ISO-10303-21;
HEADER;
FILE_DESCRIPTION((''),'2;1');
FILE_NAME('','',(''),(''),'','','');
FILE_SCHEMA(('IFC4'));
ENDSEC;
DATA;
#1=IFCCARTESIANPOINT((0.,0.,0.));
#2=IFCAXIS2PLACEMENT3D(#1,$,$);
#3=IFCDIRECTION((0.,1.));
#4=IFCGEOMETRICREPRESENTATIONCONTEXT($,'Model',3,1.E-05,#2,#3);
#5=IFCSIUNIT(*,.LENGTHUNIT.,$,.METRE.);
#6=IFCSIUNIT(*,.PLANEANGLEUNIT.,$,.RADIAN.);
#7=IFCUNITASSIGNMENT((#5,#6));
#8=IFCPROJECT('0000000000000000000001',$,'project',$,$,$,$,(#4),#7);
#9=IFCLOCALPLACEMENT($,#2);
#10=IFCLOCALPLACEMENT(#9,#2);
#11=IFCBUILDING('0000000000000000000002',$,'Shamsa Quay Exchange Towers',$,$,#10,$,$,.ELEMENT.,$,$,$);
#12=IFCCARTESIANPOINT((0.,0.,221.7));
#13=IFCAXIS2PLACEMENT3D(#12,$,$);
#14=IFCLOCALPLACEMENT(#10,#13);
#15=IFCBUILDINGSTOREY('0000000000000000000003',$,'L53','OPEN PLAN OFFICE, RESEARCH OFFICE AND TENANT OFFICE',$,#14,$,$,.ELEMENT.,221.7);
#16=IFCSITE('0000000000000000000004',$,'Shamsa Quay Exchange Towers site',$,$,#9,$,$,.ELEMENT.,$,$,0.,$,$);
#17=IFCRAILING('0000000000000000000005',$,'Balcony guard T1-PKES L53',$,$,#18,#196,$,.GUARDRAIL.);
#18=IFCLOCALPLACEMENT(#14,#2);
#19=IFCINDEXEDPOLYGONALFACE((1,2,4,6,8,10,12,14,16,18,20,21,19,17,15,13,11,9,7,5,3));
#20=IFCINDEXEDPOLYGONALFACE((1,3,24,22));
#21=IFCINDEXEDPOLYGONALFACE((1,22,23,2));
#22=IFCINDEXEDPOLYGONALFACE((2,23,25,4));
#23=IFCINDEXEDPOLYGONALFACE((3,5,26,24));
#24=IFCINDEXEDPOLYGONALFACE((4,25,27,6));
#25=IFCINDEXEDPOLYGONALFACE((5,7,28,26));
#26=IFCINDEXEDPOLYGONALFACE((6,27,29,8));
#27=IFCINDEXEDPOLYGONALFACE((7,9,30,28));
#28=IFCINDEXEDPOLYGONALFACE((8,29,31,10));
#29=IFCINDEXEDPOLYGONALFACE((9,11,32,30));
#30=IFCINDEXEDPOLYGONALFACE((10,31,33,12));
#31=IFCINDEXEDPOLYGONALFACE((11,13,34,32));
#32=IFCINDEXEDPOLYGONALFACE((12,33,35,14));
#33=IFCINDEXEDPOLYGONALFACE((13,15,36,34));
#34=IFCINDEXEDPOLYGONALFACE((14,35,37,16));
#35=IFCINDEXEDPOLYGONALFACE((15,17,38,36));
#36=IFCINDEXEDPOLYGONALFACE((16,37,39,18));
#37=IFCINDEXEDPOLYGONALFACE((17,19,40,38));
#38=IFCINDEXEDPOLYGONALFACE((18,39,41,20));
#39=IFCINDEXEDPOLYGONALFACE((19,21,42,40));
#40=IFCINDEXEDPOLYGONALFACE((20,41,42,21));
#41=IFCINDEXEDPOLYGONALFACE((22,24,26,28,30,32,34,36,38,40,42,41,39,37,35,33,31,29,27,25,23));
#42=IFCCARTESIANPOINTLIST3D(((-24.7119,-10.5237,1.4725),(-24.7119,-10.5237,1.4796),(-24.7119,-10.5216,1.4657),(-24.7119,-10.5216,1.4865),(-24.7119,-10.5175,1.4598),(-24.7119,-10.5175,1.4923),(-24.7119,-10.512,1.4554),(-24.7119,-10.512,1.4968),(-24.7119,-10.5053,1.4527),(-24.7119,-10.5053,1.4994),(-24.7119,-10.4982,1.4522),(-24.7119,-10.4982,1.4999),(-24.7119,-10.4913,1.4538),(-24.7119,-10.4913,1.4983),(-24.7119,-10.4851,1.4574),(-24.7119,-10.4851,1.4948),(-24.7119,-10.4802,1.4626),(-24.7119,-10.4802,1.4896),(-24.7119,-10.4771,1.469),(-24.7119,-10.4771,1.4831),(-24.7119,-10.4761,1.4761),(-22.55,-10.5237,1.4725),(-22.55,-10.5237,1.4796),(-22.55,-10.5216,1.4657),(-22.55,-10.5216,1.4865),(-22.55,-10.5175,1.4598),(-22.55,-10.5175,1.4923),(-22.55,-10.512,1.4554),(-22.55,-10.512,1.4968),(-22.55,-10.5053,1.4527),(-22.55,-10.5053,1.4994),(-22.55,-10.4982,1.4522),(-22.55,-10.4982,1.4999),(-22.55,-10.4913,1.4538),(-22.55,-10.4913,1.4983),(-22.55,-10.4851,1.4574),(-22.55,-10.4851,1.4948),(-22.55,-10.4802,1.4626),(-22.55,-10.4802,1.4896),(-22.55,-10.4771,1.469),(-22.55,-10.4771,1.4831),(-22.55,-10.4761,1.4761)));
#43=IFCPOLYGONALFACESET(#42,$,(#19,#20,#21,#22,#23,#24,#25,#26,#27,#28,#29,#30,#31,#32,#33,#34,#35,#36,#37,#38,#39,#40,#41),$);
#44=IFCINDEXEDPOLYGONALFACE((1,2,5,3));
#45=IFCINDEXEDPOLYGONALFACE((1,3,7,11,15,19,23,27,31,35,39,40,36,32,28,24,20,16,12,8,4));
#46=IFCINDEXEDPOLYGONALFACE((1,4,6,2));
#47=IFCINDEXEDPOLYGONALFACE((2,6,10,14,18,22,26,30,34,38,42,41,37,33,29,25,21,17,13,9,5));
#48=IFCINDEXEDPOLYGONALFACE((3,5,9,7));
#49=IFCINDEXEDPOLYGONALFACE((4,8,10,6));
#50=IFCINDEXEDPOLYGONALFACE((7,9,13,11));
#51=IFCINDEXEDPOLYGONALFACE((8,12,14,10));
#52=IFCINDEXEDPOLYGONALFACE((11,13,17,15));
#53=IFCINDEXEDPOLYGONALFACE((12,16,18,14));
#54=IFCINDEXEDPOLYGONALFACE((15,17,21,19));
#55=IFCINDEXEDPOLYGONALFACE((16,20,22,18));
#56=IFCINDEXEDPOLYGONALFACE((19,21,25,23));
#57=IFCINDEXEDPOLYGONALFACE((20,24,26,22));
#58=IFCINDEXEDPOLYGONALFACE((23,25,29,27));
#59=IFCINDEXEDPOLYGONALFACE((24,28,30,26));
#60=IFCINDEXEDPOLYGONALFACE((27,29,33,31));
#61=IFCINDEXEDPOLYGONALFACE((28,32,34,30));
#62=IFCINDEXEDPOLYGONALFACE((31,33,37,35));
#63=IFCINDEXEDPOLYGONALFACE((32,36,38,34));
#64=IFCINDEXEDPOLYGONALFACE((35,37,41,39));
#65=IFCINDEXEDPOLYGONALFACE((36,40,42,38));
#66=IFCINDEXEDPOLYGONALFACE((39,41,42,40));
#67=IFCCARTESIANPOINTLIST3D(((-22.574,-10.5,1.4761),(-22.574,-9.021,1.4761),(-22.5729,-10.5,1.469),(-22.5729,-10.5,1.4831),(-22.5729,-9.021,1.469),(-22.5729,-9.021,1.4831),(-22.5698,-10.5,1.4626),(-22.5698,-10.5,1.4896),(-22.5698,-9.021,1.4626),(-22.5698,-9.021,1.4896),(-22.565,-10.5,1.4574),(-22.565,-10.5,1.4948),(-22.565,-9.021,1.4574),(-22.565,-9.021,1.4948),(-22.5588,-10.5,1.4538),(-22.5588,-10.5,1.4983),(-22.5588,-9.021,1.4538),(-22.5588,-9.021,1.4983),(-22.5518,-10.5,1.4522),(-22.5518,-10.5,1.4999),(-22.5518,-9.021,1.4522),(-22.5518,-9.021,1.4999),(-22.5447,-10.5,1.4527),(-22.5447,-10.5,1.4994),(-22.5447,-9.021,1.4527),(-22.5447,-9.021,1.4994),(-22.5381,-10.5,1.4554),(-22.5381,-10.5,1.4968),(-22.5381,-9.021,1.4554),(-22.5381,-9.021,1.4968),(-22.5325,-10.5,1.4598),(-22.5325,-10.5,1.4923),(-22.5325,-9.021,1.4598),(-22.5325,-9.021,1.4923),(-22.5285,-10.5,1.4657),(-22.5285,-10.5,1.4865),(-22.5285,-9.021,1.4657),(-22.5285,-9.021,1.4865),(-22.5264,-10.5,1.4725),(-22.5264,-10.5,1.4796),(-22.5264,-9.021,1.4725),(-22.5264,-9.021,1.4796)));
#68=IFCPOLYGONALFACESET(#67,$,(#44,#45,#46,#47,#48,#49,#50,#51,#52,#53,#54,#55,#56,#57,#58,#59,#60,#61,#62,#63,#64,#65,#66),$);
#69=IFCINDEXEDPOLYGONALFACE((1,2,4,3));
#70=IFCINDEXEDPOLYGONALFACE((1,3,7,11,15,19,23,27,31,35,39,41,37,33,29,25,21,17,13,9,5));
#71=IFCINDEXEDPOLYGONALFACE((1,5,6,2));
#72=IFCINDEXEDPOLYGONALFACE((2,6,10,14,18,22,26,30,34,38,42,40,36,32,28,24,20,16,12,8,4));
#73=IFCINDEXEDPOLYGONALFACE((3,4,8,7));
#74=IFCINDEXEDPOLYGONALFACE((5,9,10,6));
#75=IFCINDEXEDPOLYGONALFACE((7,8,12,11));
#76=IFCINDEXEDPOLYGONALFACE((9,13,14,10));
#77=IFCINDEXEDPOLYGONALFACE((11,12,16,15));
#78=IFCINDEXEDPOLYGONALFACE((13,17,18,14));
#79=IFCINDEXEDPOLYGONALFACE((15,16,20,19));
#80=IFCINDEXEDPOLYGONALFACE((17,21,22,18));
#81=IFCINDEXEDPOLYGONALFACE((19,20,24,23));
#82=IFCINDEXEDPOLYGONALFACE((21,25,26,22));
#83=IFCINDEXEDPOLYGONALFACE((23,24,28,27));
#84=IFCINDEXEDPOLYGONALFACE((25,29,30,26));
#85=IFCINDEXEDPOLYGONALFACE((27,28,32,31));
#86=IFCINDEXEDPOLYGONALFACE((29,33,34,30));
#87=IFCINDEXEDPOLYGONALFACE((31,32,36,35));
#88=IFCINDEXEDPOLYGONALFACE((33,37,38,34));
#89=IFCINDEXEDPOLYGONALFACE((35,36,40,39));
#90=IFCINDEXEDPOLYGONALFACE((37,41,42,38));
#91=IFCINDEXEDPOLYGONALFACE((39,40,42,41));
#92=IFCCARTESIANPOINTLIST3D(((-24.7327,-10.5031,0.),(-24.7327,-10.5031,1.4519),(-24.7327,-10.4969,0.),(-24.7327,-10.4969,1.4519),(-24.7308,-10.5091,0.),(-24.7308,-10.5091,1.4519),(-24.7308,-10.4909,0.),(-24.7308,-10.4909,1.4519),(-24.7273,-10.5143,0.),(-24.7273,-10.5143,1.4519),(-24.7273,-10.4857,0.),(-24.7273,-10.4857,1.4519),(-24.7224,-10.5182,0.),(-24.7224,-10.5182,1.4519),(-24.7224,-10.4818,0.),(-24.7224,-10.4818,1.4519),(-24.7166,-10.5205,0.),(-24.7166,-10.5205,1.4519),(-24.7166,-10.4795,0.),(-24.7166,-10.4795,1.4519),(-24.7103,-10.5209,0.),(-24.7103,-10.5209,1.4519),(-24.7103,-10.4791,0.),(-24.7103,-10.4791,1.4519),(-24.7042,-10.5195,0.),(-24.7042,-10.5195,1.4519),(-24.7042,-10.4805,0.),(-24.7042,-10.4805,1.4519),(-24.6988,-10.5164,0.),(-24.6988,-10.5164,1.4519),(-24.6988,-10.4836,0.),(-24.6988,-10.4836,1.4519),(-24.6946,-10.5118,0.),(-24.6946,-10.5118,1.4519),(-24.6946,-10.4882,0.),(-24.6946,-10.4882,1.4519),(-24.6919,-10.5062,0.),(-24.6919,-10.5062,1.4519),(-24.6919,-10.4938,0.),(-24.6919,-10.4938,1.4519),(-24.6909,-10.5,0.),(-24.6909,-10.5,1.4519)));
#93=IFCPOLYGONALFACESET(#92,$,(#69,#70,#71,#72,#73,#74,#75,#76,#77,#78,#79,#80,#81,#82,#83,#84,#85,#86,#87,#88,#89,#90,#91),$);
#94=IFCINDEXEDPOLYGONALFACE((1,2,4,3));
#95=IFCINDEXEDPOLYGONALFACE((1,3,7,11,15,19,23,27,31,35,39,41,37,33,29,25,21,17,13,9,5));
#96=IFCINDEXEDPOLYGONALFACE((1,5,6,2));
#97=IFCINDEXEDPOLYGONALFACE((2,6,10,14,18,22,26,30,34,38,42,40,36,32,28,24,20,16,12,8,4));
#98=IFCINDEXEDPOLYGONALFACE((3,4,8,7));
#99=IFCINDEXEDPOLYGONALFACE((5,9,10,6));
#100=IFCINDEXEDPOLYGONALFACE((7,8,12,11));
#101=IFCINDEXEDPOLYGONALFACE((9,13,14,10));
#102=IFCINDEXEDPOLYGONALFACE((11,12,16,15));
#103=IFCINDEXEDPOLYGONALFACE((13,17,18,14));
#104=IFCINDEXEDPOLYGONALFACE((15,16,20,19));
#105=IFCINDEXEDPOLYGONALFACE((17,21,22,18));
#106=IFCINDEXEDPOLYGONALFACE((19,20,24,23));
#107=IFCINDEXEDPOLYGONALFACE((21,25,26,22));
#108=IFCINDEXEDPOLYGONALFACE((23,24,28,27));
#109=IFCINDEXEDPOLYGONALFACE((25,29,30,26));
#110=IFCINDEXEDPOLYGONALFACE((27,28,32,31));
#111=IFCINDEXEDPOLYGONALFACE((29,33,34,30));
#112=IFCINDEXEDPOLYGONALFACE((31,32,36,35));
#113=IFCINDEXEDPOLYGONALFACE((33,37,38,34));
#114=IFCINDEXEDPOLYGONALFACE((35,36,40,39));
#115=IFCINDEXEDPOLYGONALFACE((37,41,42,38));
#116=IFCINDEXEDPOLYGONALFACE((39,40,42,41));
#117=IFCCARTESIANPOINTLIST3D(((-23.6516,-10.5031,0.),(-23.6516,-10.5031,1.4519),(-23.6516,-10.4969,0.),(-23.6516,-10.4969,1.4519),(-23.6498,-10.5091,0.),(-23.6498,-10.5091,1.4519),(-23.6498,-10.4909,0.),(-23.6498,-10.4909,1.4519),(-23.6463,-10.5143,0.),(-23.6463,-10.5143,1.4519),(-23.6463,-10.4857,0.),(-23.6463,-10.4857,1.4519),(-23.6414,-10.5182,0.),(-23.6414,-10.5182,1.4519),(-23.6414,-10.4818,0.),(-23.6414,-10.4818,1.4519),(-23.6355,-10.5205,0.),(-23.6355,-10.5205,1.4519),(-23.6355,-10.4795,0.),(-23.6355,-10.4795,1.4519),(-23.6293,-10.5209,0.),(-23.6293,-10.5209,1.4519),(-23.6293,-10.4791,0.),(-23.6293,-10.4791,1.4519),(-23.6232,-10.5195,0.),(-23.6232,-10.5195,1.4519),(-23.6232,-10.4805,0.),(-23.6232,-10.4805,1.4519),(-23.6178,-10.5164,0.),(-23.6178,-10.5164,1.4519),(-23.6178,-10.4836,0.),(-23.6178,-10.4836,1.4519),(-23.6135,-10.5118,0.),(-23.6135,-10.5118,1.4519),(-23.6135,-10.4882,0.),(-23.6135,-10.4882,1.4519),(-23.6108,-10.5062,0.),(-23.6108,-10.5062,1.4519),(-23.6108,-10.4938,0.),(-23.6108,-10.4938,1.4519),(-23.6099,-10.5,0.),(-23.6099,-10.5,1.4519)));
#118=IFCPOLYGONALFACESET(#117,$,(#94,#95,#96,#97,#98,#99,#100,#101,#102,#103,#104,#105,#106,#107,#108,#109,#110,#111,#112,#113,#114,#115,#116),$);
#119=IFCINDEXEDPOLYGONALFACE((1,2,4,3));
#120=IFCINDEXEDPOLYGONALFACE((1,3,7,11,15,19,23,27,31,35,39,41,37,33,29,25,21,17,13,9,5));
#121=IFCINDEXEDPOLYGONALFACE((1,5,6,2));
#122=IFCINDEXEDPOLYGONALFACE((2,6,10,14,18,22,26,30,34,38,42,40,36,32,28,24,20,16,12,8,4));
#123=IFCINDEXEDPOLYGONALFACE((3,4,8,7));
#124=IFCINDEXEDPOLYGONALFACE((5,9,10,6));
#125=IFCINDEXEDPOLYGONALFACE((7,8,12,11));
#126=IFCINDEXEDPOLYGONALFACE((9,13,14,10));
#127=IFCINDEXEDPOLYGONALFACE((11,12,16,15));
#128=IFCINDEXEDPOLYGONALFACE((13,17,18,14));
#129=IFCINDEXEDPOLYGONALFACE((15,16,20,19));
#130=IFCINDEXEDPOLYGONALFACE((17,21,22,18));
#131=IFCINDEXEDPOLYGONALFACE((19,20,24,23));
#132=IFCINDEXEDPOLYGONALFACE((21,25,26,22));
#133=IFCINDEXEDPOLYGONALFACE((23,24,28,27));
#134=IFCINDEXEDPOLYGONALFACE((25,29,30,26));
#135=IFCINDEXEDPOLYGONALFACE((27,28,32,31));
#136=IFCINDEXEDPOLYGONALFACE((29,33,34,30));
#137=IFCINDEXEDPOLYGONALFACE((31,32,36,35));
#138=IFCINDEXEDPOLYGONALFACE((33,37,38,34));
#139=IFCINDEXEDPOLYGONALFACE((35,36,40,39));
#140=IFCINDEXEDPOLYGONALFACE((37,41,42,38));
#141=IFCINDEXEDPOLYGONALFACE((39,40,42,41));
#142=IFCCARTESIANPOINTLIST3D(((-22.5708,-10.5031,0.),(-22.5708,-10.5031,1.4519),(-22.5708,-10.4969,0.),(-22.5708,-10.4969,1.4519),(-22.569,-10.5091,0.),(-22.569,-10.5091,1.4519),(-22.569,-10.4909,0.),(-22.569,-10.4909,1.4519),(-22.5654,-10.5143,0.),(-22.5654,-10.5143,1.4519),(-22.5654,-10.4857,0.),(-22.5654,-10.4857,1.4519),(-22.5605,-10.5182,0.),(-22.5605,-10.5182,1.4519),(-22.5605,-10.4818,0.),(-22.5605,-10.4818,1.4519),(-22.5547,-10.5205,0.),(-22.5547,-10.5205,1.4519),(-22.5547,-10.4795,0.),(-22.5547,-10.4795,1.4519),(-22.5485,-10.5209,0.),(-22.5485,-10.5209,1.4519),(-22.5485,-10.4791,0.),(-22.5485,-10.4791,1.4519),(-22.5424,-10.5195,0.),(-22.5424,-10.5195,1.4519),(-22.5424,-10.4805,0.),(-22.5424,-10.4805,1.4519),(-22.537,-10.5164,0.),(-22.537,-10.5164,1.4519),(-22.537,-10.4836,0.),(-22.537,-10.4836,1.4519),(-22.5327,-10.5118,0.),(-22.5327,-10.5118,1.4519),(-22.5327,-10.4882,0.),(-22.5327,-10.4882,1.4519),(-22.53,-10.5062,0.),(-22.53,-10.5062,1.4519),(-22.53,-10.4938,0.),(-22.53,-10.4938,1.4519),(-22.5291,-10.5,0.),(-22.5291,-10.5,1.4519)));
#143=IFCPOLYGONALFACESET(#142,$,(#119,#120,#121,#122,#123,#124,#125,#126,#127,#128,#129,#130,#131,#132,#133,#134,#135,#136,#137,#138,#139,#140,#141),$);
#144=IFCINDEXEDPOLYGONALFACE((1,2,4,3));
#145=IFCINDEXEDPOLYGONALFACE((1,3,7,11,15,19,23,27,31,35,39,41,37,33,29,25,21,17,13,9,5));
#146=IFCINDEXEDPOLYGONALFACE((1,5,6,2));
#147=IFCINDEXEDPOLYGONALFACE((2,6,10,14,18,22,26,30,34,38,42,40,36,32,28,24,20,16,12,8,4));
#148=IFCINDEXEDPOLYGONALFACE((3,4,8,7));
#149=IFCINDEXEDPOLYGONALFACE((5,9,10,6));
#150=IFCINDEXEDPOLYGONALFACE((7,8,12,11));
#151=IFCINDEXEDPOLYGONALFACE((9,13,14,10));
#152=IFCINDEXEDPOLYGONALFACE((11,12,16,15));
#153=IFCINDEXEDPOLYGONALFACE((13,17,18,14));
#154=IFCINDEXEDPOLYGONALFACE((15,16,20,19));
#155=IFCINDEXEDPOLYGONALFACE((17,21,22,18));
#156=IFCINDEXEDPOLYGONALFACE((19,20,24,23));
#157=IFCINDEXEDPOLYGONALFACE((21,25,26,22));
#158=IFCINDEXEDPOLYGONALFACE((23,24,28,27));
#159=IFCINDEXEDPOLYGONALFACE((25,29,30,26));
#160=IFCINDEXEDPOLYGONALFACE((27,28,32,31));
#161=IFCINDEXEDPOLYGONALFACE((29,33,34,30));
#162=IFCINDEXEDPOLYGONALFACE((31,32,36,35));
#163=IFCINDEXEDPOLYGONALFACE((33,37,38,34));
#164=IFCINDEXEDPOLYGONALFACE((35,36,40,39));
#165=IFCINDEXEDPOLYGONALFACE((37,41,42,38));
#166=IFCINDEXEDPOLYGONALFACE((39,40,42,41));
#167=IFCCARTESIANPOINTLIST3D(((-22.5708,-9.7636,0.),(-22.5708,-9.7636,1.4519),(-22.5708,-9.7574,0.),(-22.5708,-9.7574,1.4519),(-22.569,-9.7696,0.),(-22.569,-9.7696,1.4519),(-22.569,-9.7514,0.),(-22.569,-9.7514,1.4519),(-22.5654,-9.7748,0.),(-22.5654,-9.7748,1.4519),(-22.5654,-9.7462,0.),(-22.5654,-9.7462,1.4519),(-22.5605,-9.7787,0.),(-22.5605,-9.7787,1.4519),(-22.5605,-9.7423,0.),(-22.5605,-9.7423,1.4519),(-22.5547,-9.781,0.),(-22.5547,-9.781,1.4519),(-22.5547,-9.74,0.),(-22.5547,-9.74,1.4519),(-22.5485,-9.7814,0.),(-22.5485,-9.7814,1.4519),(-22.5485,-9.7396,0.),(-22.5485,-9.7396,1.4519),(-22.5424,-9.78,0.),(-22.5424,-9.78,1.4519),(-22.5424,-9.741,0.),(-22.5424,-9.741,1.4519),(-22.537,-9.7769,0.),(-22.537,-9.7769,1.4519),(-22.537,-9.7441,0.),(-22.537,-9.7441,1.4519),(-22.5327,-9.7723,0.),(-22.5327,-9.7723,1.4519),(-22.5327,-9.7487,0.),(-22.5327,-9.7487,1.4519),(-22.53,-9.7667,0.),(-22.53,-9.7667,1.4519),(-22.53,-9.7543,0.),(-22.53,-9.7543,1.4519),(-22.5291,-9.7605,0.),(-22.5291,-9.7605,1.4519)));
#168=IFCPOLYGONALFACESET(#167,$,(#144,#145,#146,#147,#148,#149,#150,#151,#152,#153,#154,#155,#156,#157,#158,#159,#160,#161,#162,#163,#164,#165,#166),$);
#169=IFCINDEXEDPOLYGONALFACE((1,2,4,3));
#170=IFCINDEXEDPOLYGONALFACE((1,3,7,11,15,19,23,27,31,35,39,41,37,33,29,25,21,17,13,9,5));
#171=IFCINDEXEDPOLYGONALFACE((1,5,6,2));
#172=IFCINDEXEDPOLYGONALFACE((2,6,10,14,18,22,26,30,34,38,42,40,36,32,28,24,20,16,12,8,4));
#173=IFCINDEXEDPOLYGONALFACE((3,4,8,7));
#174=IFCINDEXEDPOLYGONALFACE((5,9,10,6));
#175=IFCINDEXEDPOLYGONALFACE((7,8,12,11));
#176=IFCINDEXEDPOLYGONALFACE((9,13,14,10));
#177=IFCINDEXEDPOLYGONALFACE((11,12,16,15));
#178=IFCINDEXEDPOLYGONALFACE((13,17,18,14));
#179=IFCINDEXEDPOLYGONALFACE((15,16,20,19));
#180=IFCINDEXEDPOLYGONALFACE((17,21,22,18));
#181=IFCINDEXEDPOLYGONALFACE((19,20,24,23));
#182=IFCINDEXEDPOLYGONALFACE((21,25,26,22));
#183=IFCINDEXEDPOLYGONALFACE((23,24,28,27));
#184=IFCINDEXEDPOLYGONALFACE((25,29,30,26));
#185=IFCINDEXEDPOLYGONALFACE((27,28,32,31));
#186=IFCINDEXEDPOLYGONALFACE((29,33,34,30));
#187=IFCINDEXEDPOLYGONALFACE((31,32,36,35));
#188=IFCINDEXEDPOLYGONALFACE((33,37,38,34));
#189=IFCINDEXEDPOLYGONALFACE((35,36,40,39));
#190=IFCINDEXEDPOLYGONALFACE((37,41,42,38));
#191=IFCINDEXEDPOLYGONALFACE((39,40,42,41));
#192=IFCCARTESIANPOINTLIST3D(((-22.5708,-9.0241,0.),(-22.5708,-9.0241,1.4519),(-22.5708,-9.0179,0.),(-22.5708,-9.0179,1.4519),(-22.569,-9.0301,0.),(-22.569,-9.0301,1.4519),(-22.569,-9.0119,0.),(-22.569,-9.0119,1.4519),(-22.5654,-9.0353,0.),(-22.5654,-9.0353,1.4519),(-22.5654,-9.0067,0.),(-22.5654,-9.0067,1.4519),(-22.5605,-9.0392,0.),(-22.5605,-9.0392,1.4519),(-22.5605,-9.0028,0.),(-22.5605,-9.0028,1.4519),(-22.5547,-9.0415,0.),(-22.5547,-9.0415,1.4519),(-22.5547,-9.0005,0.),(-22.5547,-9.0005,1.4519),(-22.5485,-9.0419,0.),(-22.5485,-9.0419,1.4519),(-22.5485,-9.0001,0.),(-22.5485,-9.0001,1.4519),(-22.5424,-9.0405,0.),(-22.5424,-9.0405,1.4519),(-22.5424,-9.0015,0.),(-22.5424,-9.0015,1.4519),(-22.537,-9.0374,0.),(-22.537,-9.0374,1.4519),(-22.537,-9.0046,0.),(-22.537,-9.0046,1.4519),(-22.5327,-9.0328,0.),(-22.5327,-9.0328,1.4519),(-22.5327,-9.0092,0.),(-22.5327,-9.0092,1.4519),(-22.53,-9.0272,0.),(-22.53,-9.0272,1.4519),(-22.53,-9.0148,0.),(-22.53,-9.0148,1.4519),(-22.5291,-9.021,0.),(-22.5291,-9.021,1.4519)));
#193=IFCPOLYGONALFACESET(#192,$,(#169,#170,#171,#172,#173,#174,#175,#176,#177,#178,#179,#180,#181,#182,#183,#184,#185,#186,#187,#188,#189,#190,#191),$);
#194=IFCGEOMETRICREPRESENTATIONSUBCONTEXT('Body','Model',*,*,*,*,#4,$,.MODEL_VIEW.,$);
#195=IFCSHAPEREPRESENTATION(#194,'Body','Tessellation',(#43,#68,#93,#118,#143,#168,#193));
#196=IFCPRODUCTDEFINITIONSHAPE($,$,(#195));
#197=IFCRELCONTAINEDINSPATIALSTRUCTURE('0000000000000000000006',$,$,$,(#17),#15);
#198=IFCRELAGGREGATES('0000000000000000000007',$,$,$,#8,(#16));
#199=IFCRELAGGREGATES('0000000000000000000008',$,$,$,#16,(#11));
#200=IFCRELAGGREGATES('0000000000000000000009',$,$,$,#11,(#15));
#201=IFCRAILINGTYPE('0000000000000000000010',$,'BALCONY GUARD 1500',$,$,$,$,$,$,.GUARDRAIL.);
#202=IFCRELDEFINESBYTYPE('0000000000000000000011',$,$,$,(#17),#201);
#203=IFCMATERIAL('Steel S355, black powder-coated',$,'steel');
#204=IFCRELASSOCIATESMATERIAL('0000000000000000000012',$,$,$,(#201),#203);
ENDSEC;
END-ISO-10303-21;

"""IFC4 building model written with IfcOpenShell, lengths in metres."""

from ifc_helpers import new_model, si_unit, direction, frame, origin, origin_2d, place, context, subcontext, project, spatial, circle, extrude, material, type_object, element, save


model = new_model("IFC4")

# Units and contexts
model_context = context("Model", 3, precision=1e-05, world=origin(), true_north=direction((0.0, 1.0)))
body_context = subcontext(model_context, "Body", "Model", "MODEL_VIEW")
ifc_project = project(units=[si_unit("LENGTHUNIT", "METRE"), si_unit("PLANEANGLEUNIT", "RADIAN")], contexts=[model_context])

# Site, building, storey
site_placement = place(None, origin())
site = spatial("IfcSite", under=ifc_project, at=site_placement, Name="Shamsa Quay Exchange Towers site", CompositionType="ELEMENT", RefElevation=0.0)
building_placement = place(site_placement, origin())
building = spatial("IfcBuilding", under=site, at=building_placement, Name="Shamsa Quay Exchange Towers", CompositionType="ELEMENT")
storey_placement = place(building_placement, frame((0.0, 0.0, 221.7)))
storey = spatial("IfcBuildingStorey", under=building, at=storey_placement, Name="L53", Description="OPEN PLAN OFFICE, RESEARCH OFFICE AND TENANT OFFICE", CompositionType="ELEMENT", Elevation=221.7)

# Railing
ifc_material_1 = material(Name="Steel S355, black powder-coated", Category="steel")
railing_type_1 = type_object("IfcRailingType", Name="BALCONY GUARD 1500", PredefinedType="GUARDRAIL", material=ifc_material_1)
for number, where, name in (
    (1, (-24.7119, -10.5, 0.0), "Balcony guard T1-PKES L53"),
):
    element("IfcRailing", number, at=place(storey_placement, frame(where)), inside=storey, type_object=railing_type_1, Name=name, PredefinedType="GUARDRAIL", context=body_context, shape_type="SweptSolid", body=[
        extrude(circle(Radius=0.0239, at=origin_2d()), frame((0.0, 0.0, 1.4761), z_axis=(1.0, 0.0, 0.0), x_axis=(0.0, 1.0, 0.0)), (0.0, 0.0, 1.0), 2.1619),
        extrude(circle(Radius=0.0239, at=origin_2d()), frame((2.1619, 0.0, 1.4761), z_axis=(0.0, 1.0, 0.0), x_axis=(-1.0, 0.0, 0.0)), (0.0, 0.0, 1.0), 1.479),
        extrude(circle(Radius=0.021, at=origin_2d()), origin(), (0.0, 0.0, 1.0), 1.4519),
        extrude(circle(Radius=0.021, at=origin_2d()), frame((1.0811, 0.0, 0.0)), (0.0, 0.0, 1.0), 1.4519),
        extrude(circle(Radius=0.021, at=origin_2d()), frame((2.1619, 0.0, 0.0)), (0.0, 0.0, 1.0), 1.4519),
        extrude(circle(Radius=0.021, at=origin_2d()), frame((2.1619, 0.7395, 0.0)), (0.0, 0.0, 1.0), 1.4519),
        extrude(circle(Radius=0.021, at=origin_2d()), frame((2.1619, 1.479, 0.0)), (0.0, 0.0, 1.0), 1.4519),
    ])

save(model, "model.ifc")
